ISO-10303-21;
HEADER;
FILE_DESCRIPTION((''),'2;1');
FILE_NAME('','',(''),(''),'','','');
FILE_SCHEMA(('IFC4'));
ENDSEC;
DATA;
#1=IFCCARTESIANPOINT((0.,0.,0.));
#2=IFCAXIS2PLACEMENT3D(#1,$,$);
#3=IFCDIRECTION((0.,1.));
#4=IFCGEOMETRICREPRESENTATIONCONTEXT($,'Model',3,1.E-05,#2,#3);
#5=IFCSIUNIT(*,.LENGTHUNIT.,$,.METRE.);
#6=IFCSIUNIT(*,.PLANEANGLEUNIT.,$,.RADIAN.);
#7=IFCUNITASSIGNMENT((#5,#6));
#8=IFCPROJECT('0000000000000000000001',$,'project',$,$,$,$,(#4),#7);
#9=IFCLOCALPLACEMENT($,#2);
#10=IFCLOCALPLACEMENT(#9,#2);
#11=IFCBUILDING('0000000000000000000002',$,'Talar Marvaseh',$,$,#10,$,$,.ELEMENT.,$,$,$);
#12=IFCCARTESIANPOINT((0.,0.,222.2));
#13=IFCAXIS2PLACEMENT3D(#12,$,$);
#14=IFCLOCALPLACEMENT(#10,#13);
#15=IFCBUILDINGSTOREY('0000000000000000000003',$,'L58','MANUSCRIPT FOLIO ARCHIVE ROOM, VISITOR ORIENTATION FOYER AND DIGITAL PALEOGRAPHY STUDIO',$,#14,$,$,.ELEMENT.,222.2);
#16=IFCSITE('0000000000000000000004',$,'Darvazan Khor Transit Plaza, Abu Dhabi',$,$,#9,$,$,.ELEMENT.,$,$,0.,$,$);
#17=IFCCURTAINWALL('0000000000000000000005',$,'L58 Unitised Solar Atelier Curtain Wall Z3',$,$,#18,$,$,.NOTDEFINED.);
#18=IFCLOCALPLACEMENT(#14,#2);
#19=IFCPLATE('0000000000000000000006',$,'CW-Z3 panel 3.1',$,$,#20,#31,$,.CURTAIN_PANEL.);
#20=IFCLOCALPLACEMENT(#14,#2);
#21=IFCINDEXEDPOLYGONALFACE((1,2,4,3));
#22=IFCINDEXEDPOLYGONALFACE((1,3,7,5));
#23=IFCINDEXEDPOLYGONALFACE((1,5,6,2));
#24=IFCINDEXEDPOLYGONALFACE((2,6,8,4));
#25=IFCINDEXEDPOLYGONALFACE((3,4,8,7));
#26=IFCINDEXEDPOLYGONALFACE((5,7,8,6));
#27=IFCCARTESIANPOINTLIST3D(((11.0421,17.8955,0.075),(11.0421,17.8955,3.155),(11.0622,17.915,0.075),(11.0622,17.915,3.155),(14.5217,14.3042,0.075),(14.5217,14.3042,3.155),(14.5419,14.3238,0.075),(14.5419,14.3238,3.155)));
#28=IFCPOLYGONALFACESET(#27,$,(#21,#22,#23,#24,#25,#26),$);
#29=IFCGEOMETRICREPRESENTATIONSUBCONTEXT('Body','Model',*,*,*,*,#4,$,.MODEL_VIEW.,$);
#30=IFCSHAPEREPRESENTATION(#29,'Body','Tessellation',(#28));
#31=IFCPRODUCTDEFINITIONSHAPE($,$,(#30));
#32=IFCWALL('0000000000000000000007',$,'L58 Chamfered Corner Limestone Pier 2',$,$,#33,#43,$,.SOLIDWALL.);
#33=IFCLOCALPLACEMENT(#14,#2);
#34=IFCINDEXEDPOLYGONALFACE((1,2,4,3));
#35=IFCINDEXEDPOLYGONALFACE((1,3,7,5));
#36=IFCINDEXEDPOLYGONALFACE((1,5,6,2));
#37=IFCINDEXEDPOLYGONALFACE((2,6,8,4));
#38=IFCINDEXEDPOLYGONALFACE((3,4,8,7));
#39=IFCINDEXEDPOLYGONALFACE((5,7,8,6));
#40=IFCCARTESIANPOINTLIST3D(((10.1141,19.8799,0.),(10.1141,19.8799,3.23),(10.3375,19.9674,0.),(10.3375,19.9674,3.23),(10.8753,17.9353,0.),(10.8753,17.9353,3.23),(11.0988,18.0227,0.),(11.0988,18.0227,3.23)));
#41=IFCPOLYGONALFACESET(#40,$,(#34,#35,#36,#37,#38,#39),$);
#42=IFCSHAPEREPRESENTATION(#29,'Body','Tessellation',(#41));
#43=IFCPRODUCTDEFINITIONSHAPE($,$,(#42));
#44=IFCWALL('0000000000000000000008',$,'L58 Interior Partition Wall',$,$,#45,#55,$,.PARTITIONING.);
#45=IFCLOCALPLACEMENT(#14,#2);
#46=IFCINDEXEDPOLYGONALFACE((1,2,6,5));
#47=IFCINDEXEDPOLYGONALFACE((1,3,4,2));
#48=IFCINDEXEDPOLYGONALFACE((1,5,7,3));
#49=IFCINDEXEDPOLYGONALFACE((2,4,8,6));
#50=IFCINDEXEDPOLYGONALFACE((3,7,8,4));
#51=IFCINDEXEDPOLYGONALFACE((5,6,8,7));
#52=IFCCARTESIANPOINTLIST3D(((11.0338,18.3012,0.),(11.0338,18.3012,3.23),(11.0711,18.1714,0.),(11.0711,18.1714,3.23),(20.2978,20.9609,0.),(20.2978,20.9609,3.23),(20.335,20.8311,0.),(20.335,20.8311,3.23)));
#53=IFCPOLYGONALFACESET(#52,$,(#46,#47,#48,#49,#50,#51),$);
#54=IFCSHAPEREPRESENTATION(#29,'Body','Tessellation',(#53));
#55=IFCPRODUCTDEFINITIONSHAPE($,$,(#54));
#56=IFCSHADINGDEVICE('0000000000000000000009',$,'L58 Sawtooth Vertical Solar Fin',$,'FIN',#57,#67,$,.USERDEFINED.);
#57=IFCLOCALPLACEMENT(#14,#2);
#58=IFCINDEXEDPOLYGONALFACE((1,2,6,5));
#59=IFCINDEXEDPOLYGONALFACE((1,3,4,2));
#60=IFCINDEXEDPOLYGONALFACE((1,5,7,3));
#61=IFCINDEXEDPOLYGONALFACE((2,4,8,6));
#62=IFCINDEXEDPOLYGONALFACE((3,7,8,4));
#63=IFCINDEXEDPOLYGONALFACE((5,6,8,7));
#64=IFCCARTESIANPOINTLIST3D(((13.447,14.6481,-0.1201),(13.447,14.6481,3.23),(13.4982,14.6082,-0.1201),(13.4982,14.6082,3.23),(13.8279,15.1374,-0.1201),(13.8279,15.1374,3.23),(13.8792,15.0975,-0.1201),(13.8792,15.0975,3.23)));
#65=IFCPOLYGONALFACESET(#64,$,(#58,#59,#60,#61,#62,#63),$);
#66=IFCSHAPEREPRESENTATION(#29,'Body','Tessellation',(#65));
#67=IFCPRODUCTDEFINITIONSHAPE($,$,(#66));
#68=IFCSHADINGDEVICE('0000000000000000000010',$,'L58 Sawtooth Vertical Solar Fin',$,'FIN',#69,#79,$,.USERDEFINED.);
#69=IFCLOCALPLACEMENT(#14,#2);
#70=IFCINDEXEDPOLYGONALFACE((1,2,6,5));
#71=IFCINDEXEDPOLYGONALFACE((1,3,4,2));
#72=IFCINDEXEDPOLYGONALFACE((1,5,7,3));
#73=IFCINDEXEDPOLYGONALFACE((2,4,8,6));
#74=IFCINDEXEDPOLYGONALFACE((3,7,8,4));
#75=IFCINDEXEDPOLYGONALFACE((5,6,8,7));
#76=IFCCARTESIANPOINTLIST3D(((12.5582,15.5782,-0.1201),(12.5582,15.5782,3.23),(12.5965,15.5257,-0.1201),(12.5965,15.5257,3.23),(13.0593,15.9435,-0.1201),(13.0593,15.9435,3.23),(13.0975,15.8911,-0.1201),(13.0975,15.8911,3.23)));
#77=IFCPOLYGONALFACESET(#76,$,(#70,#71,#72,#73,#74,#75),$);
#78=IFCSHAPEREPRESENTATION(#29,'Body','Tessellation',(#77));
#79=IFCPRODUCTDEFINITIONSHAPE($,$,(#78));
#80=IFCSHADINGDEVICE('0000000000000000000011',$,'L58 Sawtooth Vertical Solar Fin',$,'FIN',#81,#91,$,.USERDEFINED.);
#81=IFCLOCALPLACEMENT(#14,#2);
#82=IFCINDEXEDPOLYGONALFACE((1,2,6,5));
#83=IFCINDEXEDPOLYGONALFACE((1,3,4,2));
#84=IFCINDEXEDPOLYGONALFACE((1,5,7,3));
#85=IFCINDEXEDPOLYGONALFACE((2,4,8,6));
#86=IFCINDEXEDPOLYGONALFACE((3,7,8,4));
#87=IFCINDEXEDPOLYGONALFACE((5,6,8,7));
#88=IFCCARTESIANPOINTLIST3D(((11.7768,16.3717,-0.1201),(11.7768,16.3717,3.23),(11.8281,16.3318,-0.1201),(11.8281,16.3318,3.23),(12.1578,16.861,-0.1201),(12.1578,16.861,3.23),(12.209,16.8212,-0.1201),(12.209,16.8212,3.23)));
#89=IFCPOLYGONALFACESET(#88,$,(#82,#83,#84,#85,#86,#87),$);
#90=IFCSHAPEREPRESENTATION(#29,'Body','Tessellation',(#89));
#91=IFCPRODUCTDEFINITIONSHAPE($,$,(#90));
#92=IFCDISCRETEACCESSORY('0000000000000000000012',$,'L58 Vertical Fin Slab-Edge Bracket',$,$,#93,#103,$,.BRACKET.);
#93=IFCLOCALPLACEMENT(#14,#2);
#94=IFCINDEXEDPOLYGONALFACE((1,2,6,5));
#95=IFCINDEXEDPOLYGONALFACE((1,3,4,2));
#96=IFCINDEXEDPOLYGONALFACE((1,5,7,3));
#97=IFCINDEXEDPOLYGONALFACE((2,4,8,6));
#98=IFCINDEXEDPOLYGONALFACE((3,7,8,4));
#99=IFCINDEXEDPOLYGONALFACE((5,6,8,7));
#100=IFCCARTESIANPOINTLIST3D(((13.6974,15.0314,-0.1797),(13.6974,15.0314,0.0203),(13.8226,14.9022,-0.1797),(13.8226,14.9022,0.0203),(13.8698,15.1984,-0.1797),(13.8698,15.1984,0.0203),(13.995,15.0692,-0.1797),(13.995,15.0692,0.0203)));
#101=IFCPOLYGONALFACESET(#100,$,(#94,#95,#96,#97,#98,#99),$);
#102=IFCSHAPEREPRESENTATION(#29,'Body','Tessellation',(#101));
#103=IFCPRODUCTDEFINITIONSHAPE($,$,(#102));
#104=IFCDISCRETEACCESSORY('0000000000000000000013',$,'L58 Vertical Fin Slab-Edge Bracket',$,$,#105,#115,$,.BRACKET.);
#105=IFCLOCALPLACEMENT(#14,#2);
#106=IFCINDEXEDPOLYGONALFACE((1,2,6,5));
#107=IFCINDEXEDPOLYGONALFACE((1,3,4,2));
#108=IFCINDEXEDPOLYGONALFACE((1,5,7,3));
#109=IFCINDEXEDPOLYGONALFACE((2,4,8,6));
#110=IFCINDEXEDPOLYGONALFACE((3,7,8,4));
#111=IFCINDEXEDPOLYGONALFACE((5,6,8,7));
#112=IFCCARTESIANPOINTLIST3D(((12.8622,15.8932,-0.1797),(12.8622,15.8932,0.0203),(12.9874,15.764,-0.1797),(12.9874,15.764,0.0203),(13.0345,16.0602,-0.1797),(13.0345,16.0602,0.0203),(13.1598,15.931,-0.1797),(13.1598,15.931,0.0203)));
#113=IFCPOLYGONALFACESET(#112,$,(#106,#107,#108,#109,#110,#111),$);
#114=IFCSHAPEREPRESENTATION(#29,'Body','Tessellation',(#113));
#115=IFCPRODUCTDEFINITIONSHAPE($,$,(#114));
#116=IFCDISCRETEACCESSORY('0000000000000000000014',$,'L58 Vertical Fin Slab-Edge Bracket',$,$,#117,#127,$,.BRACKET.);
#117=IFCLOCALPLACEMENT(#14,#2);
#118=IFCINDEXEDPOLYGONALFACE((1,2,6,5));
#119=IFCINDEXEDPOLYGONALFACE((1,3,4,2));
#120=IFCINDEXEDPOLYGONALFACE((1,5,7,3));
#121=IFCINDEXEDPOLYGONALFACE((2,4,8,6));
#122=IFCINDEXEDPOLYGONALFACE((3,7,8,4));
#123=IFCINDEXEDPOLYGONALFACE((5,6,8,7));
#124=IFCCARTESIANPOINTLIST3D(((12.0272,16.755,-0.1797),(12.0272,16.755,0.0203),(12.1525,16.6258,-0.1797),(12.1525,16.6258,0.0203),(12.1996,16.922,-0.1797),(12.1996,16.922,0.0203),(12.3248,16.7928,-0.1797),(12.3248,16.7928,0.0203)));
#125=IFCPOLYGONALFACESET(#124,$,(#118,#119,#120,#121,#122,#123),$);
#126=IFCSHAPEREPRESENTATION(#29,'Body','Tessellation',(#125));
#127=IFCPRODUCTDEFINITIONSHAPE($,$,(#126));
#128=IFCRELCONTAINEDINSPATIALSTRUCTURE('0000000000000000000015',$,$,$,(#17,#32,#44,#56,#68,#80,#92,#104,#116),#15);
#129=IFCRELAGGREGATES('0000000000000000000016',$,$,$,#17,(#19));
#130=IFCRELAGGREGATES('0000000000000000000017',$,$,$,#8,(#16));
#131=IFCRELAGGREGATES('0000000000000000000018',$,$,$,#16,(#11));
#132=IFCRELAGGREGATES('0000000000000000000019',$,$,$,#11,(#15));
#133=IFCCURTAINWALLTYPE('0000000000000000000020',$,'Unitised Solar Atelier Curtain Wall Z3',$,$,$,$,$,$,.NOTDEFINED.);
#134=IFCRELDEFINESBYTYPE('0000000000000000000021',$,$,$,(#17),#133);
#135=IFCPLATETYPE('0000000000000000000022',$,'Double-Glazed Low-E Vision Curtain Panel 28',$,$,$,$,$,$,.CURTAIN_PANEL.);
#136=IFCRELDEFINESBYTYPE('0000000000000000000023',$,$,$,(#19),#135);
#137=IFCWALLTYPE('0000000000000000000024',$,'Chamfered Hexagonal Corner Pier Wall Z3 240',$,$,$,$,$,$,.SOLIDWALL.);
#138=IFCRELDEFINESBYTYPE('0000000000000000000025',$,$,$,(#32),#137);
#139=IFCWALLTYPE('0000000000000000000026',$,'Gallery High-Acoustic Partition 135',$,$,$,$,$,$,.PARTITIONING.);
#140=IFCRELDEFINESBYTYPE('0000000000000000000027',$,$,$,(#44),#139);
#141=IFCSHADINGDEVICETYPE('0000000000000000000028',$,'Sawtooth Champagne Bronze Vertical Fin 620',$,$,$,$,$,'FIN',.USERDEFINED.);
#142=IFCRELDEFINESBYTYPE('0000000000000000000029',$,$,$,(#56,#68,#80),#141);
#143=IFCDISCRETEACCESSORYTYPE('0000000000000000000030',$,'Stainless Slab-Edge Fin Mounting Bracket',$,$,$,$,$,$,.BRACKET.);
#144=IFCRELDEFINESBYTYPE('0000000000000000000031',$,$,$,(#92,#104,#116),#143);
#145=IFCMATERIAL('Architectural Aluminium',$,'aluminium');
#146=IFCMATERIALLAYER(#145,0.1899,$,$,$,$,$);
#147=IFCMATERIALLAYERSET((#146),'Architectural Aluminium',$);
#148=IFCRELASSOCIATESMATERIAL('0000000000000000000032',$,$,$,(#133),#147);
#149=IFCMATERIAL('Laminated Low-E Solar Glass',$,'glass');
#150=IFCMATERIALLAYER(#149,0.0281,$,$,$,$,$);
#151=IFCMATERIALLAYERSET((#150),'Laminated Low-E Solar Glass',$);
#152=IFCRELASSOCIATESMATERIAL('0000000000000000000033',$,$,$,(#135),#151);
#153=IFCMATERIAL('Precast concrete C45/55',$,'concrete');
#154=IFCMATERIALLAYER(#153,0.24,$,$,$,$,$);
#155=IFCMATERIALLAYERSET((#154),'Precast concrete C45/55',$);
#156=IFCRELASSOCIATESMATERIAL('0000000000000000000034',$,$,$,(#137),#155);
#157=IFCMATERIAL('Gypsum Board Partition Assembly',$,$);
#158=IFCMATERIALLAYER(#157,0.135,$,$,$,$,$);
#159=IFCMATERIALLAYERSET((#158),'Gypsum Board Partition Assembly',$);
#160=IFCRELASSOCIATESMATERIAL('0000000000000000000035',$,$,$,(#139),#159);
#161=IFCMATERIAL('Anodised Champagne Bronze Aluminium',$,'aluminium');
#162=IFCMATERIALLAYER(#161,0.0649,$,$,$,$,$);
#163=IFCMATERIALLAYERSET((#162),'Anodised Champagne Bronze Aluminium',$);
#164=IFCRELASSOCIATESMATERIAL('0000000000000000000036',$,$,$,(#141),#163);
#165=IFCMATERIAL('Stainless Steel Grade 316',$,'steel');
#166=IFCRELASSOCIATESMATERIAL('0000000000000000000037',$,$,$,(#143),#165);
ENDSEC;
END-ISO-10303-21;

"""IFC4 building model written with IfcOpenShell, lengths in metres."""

from ifc_helpers import new_model, si_unit, direction, frame, frame_2d, origin, origin_2d, place, context, subcontext, project, spatial, rectangle, extrude, source, transform, mapped, material, layer, layer_set, type_object, type_shapes, element, aggregate, save


model = new_model("IFC4")

# Units and contexts
model_context = context("Model", 3, precision=1e-05, world=origin(), true_north=direction((0.0, 1.0)))
body_context = subcontext(model_context, "Body", "Model", "MODEL_VIEW")
ifc_project = project(units=[si_unit("LENGTHUNIT", "METRE"), si_unit("PLANEANGLEUNIT", "RADIAN")], contexts=[model_context])

# Site, building, storey
site_placement = place(None, origin())
site = spatial("IfcSite", under=ifc_project, at=site_placement, Name="Darvazan Khor Transit Plaza, Abu Dhabi", CompositionType="ELEMENT", RefElevation=0.0)
building_placement = place(site_placement, origin())
building = spatial("IfcBuilding", under=site, at=building_placement, Name="Talar Marvaseh", CompositionType="ELEMENT")
storey_placement = place(building_placement, frame((0.0, 0.0, 222.2)))
storey = spatial("IfcBuildingStorey", under=building, at=storey_placement, Name="L58", Description="MANUSCRIPT FOLIO ARCHIVE ROOM, VISITOR ORIENTATION FOYER AND DIGITAL PALEOGRAPHY STUDIO", CompositionType="ELEMENT", Elevation=222.2)

# Curtain wall
ifc_material_1 = material(Name="Architectural Aluminium", Category="aluminium")
ifc_layer_1 = layer(ifc_material_1, 0.1899)
ifc_layer_set_1 = layer_set([ifc_layer_1], Name="Architectural Aluminium")
curtain_wall_type = type_object("IfcCurtainWallType", Name="Unitised Solar Atelier Curtain Wall Z3", PredefinedType="NOTDEFINED", material=ifc_layer_set_1)
curtain_wall_1_placement = place(storey_placement, origin())
curtain_wall_1 = element("IfcCurtainWall", 1, at=curtain_wall_1_placement, inside=storey, type_object=curtain_wall_type, Name="L58 Unitised Solar Atelier Curtain Wall Z3", PredefinedType="NOTDEFINED")

# Plate
ifc_material_2 = material(Name="Laminated Low-E Solar Glass", Category="glass")
ifc_layer_2 = layer(ifc_material_2, 0.0281)
ifc_layer_set_2 = layer_set([ifc_layer_2], Name="Laminated Low-E Solar Glass")
plate_type = type_object("IfcPlateType", Name="Double-Glazed Low-E Vision Curtain Panel 28", PredefinedType="CURTAIN_PANEL", material=ifc_layer_set_2)
shared_shape_1 = source(origin(), body_context, "Body", "SweptSolid", [
    extrude(rectangle(XDim=5.0005, YDim=0.0281, at=origin_2d()), origin(), (0.0, 0.0, 1.0), 3.0801),
])
type_shapes(plate_type, [shared_shape_1])
plate_placement = place(storey_placement, frame((12.792, 16.1096, 0.075), z_axis=(0.0, 0.0, 1.0), x_axis=(-0.695864, 0.718173, 0.0)))
plate = element("IfcPlate", 2, at=plate_placement, type_object=plate_type, Name="CW-Z3 panel 3.1", PredefinedType="CURTAIN_PANEL", context=body_context, shape_type="MappedRepresentation", body=[
    mapped(shared_shape_1, transform((0.0, 0.0, 0.0), x_axis=(1.0, 0.0, 0.0), y_axis=(0.0, 1.0, 0.0), z_axis=(0.0, 0.0, 1.0), scale=1.0)),
])
aggregate(curtain_wall_1, [plate])

# Wall
ifc_material_3 = material(Name="Precast concrete C45/55", Category="concrete")
ifc_layer_3 = layer(ifc_material_3, 0.24)
ifc_layer_set_3 = layer_set([ifc_layer_3], Name="Precast concrete C45/55")
wall_type_1 = type_object("IfcWallType", Name="Chamfered Hexagonal Corner Pier Wall Z3 240", PredefinedType="SOLIDWALL", material=ifc_layer_set_3)
wall_1_placement = place(storey_placement, frame((10.9871, 17.979, 0.0), z_axis=(0.0, 0.0, 1.0), x_axis=(-0.364527, 0.931193, 0.0)))
element("IfcWall", 3, at=wall_1_placement, inside=storey, type_object=wall_type_1, Name="L58 Chamfered Corner Limestone Pier 2", PredefinedType="SOLIDWALL", context=body_context, shape_type="SweptSolid", body=[
    extrude(rectangle(XDim=2.0884, YDim=0.24, at=frame_2d((1.0442, 0.0))), origin(), (0.0, 0.0, 1.0), 3.23),
])

# Shared definitions
ifc_material_4 = material(Name="Gypsum Board Partition Assembly")

# Wall
ifc_layer_4 = layer(ifc_material_4, 0.135)
ifc_layer_set_4 = layer_set([ifc_layer_4], Name="Gypsum Board Partition Assembly")
wall_type_2 = type_object("IfcWallType", Name="Gallery High-Acoustic Partition 135", PredefinedType="PARTITIONING", material=ifc_layer_set_4)
wall_2_placement = place(storey_placement, frame((20.3164, 20.896, 0.0), z_axis=(0.0, 0.0, 1.0), x_axis=(-0.961171, -0.275952, 0.0)))
element("IfcWall", 4, at=wall_2_placement, inside=storey, type_object=wall_type_2, Name="L58 Interior Partition Wall", PredefinedType="PARTITIONING", context=body_context, shape_type="SweptSolid", body=[
    extrude(rectangle(XDim=9.6382, YDim=0.135, at=frame_2d((4.8191, 0.0))), origin(), (0.0, 0.0, 1.0), 3.23),
])

# Shading devices
ifc_material_5 = material(Name="Anodised Champagne Bronze Aluminium", Category="aluminium")
ifc_layer_5 = layer(ifc_material_5, 0.0649)
ifc_layer_set_5 = layer_set([ifc_layer_5], Name="Anodised Champagne Bronze Aluminium")
shading_device_type = type_object("IfcShadingDeviceType", Name="Sawtooth Champagne Bronze Vertical Fin 620", ElementType="FIN", PredefinedType="USERDEFINED", material=ifc_layer_set_5)
shared_shape_2 = source(origin(), body_context, "Body", "SweptSolid", [
    extrude(rectangle(XDim=0.6201, YDim=0.0649, at=origin_2d()), origin(), (0.0, 0.0, 1.0), 3.3501),
])
type_shapes(shading_device_type, [shared_shape_2])
for number, where, z_axis, x_axis, name in (
    (5, (13.6631, 14.8728, -0.1201), (0.0, 0.0, 1.0), (-0.614285, -0.789084, 0.0), "L58 Sawtooth Vertical Solar Fin"),
    (6, (12.8279, 15.7346, -0.1201), (0.0, 0.0, 1.0), (-0.80799, -0.589196, 0.0), "L58 Sawtooth Vertical Solar Fin"),
    (7, (11.9929, 16.5964, -0.1201), (0.0, 0.0, 1.0), (-0.614285, -0.789084, 0.0), "L58 Sawtooth Vertical Solar Fin"),
):
    element("IfcShadingDevice", number, at=place(storey_placement, frame(where, z_axis=z_axis, x_axis=x_axis)), inside=storey, type_object=shading_device_type, Name=name, ObjectType="FIN", PredefinedType="USERDEFINED", context=body_context, shape_type="MappedRepresentation", body=[
        mapped(shared_shape_2, transform((0.0, 0.0, 0.0), x_axis=(1.0, 0.0, 0.0), y_axis=(0.0, 1.0, 0.0), z_axis=(0.0, 0.0, 1.0), scale=1.0)),
    ])

# Discrete accessories
ifc_material_6 = material(Name="Stainless Steel Grade 316", Category="steel")
discrete_accessory_type = type_object("IfcDiscreteAccessoryType", Name="Stainless Slab-Edge Fin Mounting Bracket", PredefinedType="BRACKET", material=ifc_material_6)
shared_shape_3 = source(origin(), body_context, "Body", "SweptSolid", [
    extrude(rectangle(XDim=0.24, YDim=0.1799, at=origin_2d()), origin(), (0.0, 0.0, 1.0), 0.2),
])
type_shapes(discrete_accessory_type, [shared_shape_3])
for number, where, z_axis, x_axis, name in (
    (8, (13.8462, 15.0503, -0.1797), (0.0, 0.0, 1.0), (-0.718126, -0.695913, 0.0), "L58 Vertical Fin Slab-Edge Bracket"),
    (9, (13.011, 15.9121, -0.1797), (0.0, 0.0, 1.0), (-0.718126, -0.695913, 0.0), "L58 Vertical Fin Slab-Edge Bracket"),
    (10, (12.176, 16.7739, -0.1797), (0.0, 0.0, 1.0), (-0.718126, -0.695913, 0.0), "L58 Vertical Fin Slab-Edge Bracket"),
):
    element("IfcDiscreteAccessory", number, at=place(storey_placement, frame(where, z_axis=z_axis, x_axis=x_axis)), inside=storey, type_object=discrete_accessory_type, Name=name, PredefinedType="BRACKET", context=body_context, shape_type="MappedRepresentation", body=[
        mapped(shared_shape_3, transform((0.0, 0.0, 0.0), x_axis=(1.0, 0.0, 0.0), y_axis=(0.0, 1.0, 0.0), z_axis=(0.0, 0.0, 1.0), scale=1.0)),
    ])

save(model, "model.ifc")
